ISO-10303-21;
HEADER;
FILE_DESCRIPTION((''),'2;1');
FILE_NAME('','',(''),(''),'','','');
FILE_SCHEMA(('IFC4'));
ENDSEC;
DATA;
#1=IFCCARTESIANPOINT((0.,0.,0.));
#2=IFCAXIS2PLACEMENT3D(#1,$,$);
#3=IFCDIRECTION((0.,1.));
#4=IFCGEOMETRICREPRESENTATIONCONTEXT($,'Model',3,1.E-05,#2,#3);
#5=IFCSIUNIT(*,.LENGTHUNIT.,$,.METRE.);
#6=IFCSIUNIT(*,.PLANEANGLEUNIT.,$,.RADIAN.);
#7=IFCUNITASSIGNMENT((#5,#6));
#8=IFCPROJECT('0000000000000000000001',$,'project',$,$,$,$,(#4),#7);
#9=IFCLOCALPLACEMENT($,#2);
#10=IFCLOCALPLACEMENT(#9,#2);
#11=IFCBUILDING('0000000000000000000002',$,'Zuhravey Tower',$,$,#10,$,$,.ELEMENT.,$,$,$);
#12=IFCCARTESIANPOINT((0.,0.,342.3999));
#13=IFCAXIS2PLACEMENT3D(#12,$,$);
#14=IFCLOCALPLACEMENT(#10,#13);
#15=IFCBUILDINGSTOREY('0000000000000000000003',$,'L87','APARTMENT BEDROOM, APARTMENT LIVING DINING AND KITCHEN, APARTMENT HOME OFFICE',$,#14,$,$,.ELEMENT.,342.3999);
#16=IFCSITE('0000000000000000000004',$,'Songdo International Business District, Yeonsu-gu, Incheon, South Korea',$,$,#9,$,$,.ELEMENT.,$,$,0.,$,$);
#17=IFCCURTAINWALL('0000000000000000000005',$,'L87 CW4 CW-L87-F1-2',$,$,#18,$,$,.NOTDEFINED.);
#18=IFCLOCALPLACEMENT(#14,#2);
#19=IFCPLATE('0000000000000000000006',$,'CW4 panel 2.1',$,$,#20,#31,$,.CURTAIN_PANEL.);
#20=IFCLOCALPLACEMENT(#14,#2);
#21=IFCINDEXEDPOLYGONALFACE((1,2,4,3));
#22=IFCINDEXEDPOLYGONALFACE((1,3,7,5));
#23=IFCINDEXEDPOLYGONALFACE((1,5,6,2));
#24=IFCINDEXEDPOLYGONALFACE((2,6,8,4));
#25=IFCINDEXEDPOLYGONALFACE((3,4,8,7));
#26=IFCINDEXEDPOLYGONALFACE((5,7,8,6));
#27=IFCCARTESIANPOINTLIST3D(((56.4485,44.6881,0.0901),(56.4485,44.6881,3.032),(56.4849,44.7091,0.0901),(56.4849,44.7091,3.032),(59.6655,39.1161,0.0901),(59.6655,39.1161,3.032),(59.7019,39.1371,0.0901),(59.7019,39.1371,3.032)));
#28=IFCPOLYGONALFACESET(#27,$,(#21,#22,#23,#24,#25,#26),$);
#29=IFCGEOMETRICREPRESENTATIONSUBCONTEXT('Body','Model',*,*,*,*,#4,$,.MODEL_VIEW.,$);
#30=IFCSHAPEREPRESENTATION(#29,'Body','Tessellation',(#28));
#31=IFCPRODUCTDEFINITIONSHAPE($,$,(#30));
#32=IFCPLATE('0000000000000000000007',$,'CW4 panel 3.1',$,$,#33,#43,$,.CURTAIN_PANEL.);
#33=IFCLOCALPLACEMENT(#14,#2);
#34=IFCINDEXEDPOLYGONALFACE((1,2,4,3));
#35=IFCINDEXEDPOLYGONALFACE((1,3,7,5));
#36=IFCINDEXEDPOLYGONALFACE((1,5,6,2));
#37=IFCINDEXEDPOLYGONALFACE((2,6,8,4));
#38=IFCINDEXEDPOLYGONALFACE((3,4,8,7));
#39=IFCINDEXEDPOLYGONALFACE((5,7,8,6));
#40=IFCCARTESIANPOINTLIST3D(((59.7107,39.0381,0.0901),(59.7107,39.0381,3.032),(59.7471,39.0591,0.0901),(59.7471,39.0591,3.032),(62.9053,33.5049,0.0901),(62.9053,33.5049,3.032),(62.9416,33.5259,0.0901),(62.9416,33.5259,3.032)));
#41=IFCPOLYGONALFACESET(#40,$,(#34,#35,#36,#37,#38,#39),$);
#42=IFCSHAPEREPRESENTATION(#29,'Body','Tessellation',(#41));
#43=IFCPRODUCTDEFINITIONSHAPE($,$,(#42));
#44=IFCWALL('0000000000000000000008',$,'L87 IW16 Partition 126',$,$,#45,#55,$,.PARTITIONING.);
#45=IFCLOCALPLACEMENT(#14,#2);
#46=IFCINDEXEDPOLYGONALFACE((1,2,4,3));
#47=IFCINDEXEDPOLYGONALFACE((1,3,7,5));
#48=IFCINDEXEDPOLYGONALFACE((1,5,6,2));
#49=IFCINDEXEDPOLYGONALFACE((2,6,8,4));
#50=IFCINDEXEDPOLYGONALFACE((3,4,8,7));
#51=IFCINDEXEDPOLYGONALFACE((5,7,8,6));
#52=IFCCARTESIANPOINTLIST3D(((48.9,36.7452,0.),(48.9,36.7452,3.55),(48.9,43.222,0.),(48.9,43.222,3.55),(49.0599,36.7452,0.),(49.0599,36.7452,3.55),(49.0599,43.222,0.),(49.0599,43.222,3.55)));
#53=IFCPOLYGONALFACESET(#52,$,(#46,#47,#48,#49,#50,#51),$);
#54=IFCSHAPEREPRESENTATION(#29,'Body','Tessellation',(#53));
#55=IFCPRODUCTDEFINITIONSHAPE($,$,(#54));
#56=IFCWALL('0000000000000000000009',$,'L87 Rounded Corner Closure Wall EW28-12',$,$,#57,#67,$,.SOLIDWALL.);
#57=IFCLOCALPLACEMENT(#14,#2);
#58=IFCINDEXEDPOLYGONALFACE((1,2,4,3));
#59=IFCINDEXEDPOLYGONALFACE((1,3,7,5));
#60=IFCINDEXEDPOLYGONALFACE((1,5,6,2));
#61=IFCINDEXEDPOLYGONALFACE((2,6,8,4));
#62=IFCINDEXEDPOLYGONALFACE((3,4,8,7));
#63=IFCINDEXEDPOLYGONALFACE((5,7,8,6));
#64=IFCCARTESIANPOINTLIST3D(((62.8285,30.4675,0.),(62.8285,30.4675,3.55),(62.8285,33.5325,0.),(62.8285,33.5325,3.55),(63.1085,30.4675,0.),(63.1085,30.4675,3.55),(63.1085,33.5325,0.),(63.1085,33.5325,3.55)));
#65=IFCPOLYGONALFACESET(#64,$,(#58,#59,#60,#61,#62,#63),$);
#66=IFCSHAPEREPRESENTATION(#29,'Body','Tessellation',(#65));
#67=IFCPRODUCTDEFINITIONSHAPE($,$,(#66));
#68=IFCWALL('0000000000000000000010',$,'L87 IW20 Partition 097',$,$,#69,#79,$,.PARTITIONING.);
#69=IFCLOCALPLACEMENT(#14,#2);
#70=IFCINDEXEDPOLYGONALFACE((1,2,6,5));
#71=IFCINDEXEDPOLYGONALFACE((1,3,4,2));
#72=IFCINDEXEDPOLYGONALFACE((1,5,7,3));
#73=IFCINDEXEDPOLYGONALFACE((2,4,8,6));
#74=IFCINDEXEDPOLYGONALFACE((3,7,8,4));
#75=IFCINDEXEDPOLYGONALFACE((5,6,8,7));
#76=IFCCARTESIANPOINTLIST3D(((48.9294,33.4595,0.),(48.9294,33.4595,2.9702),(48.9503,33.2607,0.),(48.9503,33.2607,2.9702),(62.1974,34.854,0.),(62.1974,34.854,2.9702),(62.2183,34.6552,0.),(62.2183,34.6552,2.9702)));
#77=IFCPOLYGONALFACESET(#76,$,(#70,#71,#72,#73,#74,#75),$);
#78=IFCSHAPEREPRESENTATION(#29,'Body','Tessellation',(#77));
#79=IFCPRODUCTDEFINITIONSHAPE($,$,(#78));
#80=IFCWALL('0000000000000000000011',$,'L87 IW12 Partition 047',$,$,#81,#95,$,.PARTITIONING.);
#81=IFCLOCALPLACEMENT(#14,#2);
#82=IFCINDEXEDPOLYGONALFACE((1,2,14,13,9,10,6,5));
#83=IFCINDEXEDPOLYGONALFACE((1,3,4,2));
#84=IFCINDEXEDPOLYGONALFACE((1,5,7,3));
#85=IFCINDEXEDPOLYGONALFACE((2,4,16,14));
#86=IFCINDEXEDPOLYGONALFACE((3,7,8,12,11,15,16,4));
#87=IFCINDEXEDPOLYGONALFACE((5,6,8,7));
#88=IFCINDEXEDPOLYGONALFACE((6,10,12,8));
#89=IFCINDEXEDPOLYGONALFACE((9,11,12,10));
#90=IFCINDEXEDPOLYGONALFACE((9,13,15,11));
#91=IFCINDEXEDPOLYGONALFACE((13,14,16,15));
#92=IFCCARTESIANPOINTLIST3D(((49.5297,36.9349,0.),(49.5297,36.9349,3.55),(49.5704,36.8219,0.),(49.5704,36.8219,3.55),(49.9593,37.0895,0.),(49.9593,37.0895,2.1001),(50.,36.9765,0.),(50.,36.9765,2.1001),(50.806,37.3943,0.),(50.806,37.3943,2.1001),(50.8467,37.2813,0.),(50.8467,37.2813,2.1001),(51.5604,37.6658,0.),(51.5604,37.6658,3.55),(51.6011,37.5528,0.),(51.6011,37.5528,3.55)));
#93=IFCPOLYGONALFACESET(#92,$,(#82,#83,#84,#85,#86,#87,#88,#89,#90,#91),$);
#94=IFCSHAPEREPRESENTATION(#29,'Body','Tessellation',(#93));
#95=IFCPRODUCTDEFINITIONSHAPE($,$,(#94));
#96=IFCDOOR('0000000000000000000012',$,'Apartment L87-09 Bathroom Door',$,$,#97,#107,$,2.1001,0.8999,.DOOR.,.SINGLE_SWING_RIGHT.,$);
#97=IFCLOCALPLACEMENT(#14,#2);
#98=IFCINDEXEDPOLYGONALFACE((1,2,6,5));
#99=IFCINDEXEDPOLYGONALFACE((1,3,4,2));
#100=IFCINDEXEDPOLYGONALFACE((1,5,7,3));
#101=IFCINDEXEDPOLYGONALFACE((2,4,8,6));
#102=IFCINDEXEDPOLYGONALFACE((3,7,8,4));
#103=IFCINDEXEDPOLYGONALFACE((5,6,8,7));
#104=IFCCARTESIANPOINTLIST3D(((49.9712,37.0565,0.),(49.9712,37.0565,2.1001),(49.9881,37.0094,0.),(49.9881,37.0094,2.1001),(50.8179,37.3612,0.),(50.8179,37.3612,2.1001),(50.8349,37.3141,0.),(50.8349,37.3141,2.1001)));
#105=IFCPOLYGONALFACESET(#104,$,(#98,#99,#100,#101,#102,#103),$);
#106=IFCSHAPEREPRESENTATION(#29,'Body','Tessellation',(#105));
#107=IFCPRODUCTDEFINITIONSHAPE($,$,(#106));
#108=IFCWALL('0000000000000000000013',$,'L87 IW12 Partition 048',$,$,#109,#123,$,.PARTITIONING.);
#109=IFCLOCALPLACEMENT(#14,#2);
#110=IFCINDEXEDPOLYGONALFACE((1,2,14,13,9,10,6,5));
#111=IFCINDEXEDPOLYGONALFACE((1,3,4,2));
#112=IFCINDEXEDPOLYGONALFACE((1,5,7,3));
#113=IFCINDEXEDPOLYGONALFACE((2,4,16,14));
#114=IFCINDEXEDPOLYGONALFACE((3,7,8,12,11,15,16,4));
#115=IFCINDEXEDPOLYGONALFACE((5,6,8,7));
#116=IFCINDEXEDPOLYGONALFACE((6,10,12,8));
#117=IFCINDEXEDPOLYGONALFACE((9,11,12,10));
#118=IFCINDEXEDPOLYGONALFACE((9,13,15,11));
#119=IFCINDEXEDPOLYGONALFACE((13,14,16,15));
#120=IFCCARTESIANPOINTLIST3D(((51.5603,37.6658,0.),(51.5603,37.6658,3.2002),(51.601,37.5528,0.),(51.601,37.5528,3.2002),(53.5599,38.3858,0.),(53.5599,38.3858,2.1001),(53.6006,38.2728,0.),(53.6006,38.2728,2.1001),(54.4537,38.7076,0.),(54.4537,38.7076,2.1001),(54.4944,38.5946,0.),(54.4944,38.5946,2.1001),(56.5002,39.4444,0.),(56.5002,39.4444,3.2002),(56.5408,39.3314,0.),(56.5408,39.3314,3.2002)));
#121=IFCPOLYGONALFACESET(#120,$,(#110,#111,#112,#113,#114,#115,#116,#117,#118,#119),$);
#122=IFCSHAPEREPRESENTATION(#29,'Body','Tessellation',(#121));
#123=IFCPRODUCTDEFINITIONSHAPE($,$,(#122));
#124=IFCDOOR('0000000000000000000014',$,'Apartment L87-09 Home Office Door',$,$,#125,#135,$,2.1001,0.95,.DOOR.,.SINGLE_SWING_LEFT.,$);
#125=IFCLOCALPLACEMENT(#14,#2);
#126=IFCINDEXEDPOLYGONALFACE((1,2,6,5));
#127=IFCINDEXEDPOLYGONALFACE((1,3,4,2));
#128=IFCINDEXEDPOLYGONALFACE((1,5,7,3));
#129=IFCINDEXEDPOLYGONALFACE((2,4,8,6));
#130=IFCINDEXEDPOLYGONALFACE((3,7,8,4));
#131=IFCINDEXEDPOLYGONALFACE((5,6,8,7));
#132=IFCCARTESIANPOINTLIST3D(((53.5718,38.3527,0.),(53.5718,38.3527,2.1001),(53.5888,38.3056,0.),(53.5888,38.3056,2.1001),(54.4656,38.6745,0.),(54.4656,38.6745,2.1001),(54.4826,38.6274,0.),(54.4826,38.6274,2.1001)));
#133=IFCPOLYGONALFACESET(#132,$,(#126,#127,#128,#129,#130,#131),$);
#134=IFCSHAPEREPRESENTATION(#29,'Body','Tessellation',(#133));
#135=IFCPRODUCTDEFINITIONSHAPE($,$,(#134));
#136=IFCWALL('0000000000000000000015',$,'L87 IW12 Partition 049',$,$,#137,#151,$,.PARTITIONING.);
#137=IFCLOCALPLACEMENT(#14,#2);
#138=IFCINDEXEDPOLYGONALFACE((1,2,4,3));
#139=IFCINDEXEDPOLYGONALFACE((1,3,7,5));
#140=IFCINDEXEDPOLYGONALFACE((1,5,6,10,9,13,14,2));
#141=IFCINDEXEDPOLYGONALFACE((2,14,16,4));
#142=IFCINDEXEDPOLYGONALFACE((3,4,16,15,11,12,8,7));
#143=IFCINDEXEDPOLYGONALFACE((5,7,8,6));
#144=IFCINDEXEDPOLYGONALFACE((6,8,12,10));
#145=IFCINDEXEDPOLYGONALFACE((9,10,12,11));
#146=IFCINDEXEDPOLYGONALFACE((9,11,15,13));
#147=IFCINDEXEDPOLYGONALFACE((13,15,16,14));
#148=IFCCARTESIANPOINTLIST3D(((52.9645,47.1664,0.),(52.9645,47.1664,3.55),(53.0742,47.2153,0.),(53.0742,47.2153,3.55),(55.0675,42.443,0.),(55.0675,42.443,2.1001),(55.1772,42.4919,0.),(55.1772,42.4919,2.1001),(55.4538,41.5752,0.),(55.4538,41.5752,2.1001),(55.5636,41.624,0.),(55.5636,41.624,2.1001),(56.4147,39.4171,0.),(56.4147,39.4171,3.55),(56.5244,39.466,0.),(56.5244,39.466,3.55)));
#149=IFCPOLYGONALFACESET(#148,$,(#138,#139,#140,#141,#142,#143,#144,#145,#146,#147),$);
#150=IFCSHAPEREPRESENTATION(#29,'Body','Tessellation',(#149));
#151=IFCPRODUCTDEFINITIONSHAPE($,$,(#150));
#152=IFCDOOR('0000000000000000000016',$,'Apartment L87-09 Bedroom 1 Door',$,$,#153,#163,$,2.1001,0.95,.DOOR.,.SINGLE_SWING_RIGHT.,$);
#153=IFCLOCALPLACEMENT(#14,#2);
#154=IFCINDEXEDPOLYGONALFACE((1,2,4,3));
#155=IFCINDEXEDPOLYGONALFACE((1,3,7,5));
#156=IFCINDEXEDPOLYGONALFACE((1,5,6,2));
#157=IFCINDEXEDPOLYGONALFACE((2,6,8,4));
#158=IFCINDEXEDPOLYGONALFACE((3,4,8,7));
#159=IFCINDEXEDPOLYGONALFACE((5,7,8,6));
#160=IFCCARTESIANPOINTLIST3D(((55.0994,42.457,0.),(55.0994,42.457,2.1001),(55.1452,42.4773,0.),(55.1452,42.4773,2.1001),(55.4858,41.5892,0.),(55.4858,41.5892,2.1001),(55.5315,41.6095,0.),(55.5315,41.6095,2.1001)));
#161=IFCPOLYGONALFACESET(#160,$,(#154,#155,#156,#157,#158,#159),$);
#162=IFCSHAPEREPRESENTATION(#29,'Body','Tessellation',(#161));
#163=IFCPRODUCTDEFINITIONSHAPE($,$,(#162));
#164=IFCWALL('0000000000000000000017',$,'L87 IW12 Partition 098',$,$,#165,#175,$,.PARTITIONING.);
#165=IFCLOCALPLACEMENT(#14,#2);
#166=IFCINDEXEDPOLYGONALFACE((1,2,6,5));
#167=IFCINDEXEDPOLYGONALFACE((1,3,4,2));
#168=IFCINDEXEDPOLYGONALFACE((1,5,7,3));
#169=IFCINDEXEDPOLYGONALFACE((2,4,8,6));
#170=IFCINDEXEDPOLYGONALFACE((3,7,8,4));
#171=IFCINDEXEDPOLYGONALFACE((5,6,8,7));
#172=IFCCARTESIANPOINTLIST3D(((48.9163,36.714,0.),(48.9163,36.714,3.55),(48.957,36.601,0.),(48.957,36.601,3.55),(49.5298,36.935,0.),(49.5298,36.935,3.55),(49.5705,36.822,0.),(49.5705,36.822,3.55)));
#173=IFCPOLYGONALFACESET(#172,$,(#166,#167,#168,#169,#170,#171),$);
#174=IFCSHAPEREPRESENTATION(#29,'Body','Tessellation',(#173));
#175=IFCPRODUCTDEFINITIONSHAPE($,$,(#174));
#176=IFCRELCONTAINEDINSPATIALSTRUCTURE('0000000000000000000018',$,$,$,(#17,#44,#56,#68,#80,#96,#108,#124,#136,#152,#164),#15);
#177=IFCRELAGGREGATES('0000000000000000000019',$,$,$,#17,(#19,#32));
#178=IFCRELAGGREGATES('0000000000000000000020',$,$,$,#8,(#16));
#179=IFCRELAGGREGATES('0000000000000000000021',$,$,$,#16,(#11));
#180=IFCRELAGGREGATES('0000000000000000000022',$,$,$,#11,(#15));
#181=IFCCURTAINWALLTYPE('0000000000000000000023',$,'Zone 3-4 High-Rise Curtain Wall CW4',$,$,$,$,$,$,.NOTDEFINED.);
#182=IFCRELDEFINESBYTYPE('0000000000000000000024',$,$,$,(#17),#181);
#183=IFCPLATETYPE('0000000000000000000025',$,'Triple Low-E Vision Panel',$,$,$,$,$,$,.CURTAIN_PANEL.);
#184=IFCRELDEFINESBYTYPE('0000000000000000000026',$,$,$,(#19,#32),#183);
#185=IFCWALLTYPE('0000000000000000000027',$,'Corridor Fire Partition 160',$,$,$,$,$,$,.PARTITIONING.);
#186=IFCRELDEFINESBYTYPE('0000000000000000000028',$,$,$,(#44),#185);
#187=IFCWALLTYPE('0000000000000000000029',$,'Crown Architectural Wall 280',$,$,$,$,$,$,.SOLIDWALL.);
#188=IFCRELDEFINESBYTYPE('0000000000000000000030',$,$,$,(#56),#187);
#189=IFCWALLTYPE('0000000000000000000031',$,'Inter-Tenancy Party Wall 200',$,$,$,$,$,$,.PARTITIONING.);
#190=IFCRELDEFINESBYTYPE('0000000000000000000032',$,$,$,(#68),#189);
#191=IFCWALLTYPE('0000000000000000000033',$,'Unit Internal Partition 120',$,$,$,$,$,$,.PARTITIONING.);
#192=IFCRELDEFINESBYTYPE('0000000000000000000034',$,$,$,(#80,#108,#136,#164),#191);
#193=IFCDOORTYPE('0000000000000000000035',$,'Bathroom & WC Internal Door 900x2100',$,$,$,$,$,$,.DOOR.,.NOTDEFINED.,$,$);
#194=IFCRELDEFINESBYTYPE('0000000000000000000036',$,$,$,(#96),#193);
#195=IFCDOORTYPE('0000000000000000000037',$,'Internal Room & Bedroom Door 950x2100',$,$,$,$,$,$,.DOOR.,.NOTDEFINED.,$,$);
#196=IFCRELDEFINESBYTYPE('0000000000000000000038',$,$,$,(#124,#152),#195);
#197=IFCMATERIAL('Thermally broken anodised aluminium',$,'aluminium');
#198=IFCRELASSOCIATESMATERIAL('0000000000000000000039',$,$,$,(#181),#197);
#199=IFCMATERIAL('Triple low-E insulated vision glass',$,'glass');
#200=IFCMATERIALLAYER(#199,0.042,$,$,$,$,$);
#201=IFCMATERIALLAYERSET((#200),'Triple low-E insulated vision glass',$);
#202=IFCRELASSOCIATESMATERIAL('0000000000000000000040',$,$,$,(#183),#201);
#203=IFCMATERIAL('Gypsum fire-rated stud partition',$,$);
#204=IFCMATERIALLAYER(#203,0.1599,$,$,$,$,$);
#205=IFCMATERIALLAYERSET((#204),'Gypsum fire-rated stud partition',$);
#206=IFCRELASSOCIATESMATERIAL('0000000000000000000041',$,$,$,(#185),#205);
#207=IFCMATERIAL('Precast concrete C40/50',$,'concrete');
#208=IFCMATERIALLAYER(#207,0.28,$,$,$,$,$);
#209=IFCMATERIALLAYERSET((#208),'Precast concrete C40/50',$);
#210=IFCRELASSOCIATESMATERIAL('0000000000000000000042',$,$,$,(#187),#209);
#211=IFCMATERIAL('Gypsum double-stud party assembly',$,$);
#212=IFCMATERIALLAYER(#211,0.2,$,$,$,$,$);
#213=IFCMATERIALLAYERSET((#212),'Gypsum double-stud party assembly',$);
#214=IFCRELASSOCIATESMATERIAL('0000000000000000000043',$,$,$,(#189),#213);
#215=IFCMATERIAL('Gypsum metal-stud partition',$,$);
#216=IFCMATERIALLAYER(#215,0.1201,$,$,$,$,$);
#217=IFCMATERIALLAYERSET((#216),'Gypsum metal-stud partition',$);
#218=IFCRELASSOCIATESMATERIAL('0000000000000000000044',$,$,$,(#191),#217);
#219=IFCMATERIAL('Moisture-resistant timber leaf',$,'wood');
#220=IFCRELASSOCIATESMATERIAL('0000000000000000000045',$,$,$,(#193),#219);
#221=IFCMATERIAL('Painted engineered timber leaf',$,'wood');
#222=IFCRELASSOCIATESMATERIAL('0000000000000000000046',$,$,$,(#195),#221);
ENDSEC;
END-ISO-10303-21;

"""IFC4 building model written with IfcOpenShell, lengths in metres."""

from ifc_helpers import new_model, si_unit, direction, frame, frame_2d, origin, origin_2d, place, context, subcontext, project, spatial, rectangle, extrude, material, layer, layer_set, type_object, element, fill, aggregate, save


model = new_model("IFC4")

# Units and contexts
model_context = context("Model", 3, precision=1e-05, world=origin(), true_north=direction((0.0, 1.0)))
body_context = subcontext(model_context, "Body", "Model", "MODEL_VIEW")
ifc_project = project(units=[si_unit("LENGTHUNIT", "METRE"), si_unit("PLANEANGLEUNIT", "RADIAN")], contexts=[model_context])

# Site, building, storey
site_placement = place(None, origin())
site = spatial("IfcSite", under=ifc_project, at=site_placement, Name="Songdo International Business District, Yeonsu-gu, Incheon, South Korea", CompositionType="ELEMENT", RefElevation=0.0)
building_placement = place(site_placement, origin())
building = spatial("IfcBuilding", under=site, at=building_placement, Name="Zuhravey Tower", CompositionType="ELEMENT")
storey_placement = place(building_placement, frame((0.0, 0.0, 342.3999)))
storey = spatial("IfcBuildingStorey", under=building, at=storey_placement, Name="L87", Description="APARTMENT BEDROOM, APARTMENT LIVING DINING AND KITCHEN, APARTMENT HOME OFFICE", CompositionType="ELEMENT", Elevation=342.3999)

# Curtain wall
ifc_material_1 = material(Name="Thermally broken anodised aluminium", Category="aluminium")
curtain_wall_type = type_object("IfcCurtainWallType", Name="Zone 3-4 High-Rise Curtain Wall CW4", PredefinedType="NOTDEFINED", material=ifc_material_1)
curtain_wall_placement = place(storey_placement, origin())
curtain_wall = element("IfcCurtainWall", 1, at=curtain_wall_placement, inside=storey, type_object=curtain_wall_type, Name="L87 CW4 CW-L87-F1-2", PredefinedType="NOTDEFINED")

# Plates
ifc_material_2 = material(Name="Triple low-E insulated vision glass", Category="glass")
ifc_layer_1 = layer(ifc_material_2, 0.042)
ifc_layer_set_1 = layer_set([ifc_layer_1], Name="Triple low-E insulated vision glass")
plate_type = type_object("IfcPlateType", Name="Triple Low-E Vision Panel", PredefinedType="CURTAIN_PANEL", material=ifc_layer_set_1)
plate_1_placement = place(storey_placement, frame((58.0752, 41.9126, 0.0901), z_axis=(0.0, 0.0, 1.0), x_axis=(0.500002, -0.866025, 0.0)))
plate_1 = element("IfcPlate", 2, at=plate_1_placement, type_object=plate_type, Name="CW4 panel 2.1", PredefinedType="CURTAIN_PANEL", context=body_context, shape_type="SweptSolid", body=[
    extrude(rectangle(XDim=6.4341, YDim=0.042, at=origin_2d()), origin(), (0.0, 0.0, 1.0), 2.9419),
])
plate_2_placement = place(storey_placement, frame((61.3262, 36.282, 0.0901), z_axis=(0.0, 0.0, 1.0), x_axis=(0.500002, -0.866025, 0.0)))
plate_2 = element("IfcPlate", 3, at=plate_2_placement, type_object=plate_type, Name="CW4 panel 3.1", PredefinedType="CURTAIN_PANEL", context=body_context, shape_type="SweptSolid", body=[
    extrude(rectangle(XDim=6.3892, YDim=0.042, at=origin_2d()), origin(), (0.0, 0.0, 1.0), 2.9419),
])
aggregate(curtain_wall, [plate_1, plate_2])

# Shared definitions
ifc_material_3 = material(Name="Gypsum fire-rated stud partition")
ifc_layer_2 = layer(ifc_material_3, 0.1599)
ifc_layer_set_2 = layer_set([ifc_layer_2], Name="Gypsum fire-rated stud partition")
wall_type_1 = type_object("IfcWallType", Name="Corridor Fire Partition 160", PredefinedType="PARTITIONING", material=ifc_layer_set_2)

# Walls
wall_1_placement = place(storey_placement, frame((48.98, 36.7454, 0.0), z_axis=(0.0, 0.0, 1.0), x_axis=(0.0, 1.0, 0.0)))
element("IfcWall", 4, at=wall_1_placement, inside=storey, type_object=wall_type_1, Name="L87 IW16 Partition 126", PredefinedType="PARTITIONING", context=body_context, shape_type="SweptSolid", body=[
    extrude(rectangle(XDim=6.4768, YDim=0.1599, at=frame_2d((3.2383, 0.0))), origin(), (0.0, 0.0, 1.0), 3.55),
])
ifc_material_4 = material(Name="Precast concrete C40/50", Category="concrete")
ifc_layer_3 = layer(ifc_material_4, 0.28)
ifc_layer_set_3 = layer_set([ifc_layer_3], Name="Precast concrete C40/50")
wall_type_2 = type_object("IfcWallType", Name="Crown Architectural Wall 280", PredefinedType="SOLIDWALL", material=ifc_layer_set_3)
wall_2_placement = place(storey_placement, frame((62.9685, 33.5325, 0.0), z_axis=(0.0, 0.0, 1.0), x_axis=(0.0, -1.0, 0.0)))
element("IfcWall", 5, at=wall_2_placement, inside=storey, type_object=wall_type_2, Name="L87 Rounded Corner Closure Wall EW28-12", PredefinedType="SOLIDWALL", context=body_context, shape_type="SweptSolid", body=[
    extrude(rectangle(XDim=3.0649, YDim=0.28, at=frame_2d((1.5325, 0.0))), origin(), (0.0, 0.0, 1.0), 3.55),
])
ifc_material_5 = material(Name="Gypsum double-stud party assembly")
ifc_layer_4 = layer(ifc_material_5, 0.2)
ifc_layer_set_4 = layer_set([ifc_layer_4], Name="Gypsum double-stud party assembly")
wall_type_3 = type_object("IfcWallType", Name="Inter-Tenancy Party Wall 200", PredefinedType="PARTITIONING", material=ifc_layer_set_4)
wall_3_placement = place(storey_placement, frame((48.9399, 33.3601, 0.0), z_axis=(0.0, 0.0, 1.0), x_axis=(0.994522, 0.104529, 0.0)))
element("IfcWall", 6, at=wall_3_placement, inside=storey, type_object=wall_type_3, Name="L87 IW20 Partition 097", PredefinedType="PARTITIONING", context=body_context, shape_type="SweptSolid", body=[
    extrude(rectangle(XDim=13.3411, YDim=0.2, at=frame_2d((6.6704, 0.0))), origin(), (0.0, 0.0, 1.0), 2.9702),
])

# Walls, openings, doors
ifc_material_6 = material(Name="Gypsum metal-stud partition")
ifc_layer_5 = layer(ifc_material_6, 0.1201)
ifc_layer_set_5 = layer_set([ifc_layer_5], Name="Gypsum metal-stud partition")
wall_type_4 = type_object("IfcWallType", Name="Unit Internal Partition 120", PredefinedType="PARTITIONING", material=ifc_layer_set_5)
wall_4_placement = place(storey_placement, frame((49.55, 36.8784, 0.0), z_axis=(0.0, 0.0, 1.0), x_axis=(0.940905, 0.338671, 0.0)))
wall_4 = element("IfcWall", 7, at=wall_4_placement, inside=storey, type_object=wall_type_4, Name="L87 IW12 Partition 047", PredefinedType="PARTITIONING", context=body_context, shape_type="SweptSolid", body=[
    extrude(rectangle(XDim=2.1582, YDim=0.1201, at=frame_2d((1.0791, 0.0))), origin(), (0.0, 0.0, 1.0), 3.55),
])
opening_1_placement = place(wall_4_placement, frame((0.4565, 0.0, 0.0)))
opening_1 = element("IfcOpeningElement", 8, at=opening_1_placement, cuts=wall_4, PredefinedType="OPENING", context=body_context, shape_type="SweptSolid", body=[
    extrude(rectangle(XDim=0.8999, YDim=2.1001, at=frame_2d((0.45, 1.05))), frame((0.0, 0.072, 0.0), z_axis=(0.0, -1.0, 0.0), x_axis=(1.0, 0.0, 0.0)), (0.0, 0.0, 1.0), 0.144),
])
ifc_material_7 = material(Name="Moisture-resistant timber leaf", Category="wood")
door_type_1 = type_object("IfcDoorType", Name="Bathroom & WC Internal Door 900x2100", OperationType="NOTDEFINED", PredefinedType="DOOR", material=ifc_material_7)
door_1_placement = place(opening_1_placement, origin())
door_1 = element("IfcDoor", 9, at=door_1_placement, inside=storey, type_object=door_type_1, Name="Apartment L87-09 Bathroom Door", OperationType="SINGLE_SWING_RIGHT", OverallHeight=2.1001, OverallWidth=0.8999, PredefinedType="DOOR", context=body_context, shape_type="SweptSolid", body=[
    extrude(rectangle(XDim=0.8999, YDim=2.1001, at=frame_2d((0.45, 1.05))), frame((0.0, 0.0249, 0.0), z_axis=(0.0, -1.0, 0.0), x_axis=(1.0, 0.0, 0.0)), (0.0, 0.0, 1.0), 0.05),
])
fill(opening_1, door_1)
wall_5_placement = place(storey_placement, frame((51.5808, 37.6094, 0.0), z_axis=(0.0, 0.0, 1.0), x_axis=(0.940871, 0.338766, 0.0)))
wall_5 = element("IfcWall", 10, at=wall_5_placement, inside=storey, type_object=wall_type_4, Name="L87 IW12 Partition 048", PredefinedType="PARTITIONING", context=body_context, shape_type="SweptSolid", body=[
    extrude(rectangle(XDim=5.2502, YDim=0.1201, at=frame_2d((2.625, 0.0))), origin(), (0.0, 0.0, 1.0), 3.2002),
])
opening_2_placement = place(wall_5_placement, frame((2.125, 0.0, 0.0)))
opening_2 = element("IfcOpeningElement", 11, at=opening_2_placement, cuts=wall_5, PredefinedType="OPENING", context=body_context, shape_type="SweptSolid", body=[
    extrude(rectangle(XDim=0.95, YDim=2.1001, at=frame_2d((0.4751, 1.05))), frame((0.0, 0.072, 0.0), z_axis=(0.0, -1.0, 0.0), x_axis=(1.0, 0.0, 0.0)), (0.0, 0.0, 1.0), 0.144),
])
ifc_material_8 = material(Name="Painted engineered timber leaf", Category="wood")
door_type_2 = type_object("IfcDoorType", Name="Internal Room & Bedroom Door 950x2100", OperationType="NOTDEFINED", PredefinedType="DOOR", material=ifc_material_8)
door_2_placement = place(opening_2_placement, origin())
door_2 = element("IfcDoor", 12, at=door_2_placement, inside=storey, type_object=door_type_2, Name="Apartment L87-09 Home Office Door", OperationType="SINGLE_SWING_LEFT", OverallHeight=2.1001, OverallWidth=0.95, PredefinedType="DOOR", context=body_context, shape_type="SweptSolid", body=[
    extrude(rectangle(XDim=0.95, YDim=2.1001, at=frame_2d((0.4751, 1.05))), frame((0.0, 0.0249, 0.0), z_axis=(0.0, -1.0, 0.0), x_axis=(1.0, 0.0, 0.0)), (0.0, 0.0, 1.0), 0.05),
])
fill(opening_2, door_2)
wall_6_placement = place(storey_placement, frame((56.4695, 39.4417, 0.0), z_axis=(0.0, 0.0, 1.0), x_axis=(-0.406737, 0.913545, 0.0)))
wall_6 = element("IfcWall", 13, at=wall_6_placement, inside=storey, type_object=wall_type_4, Name="L87 IW12 Partition 049", PredefinedType="PARTITIONING", context=body_context, shape_type="SweptSolid", body=[
    extrude(rectangle(XDim=8.4827, YDim=0.1201, at=frame_2d((4.2412, 0.0))), origin(), (0.0, 0.0, 1.0), 3.55),
])
opening_3_placement = place(wall_6_placement, frame((2.3621, 0.0, 0.0)))
opening_3 = element("IfcOpeningElement", 14, at=opening_3_placement, cuts=wall_6, PredefinedType="OPENING", context=body_context, shape_type="SweptSolid", body=[
    extrude(rectangle(XDim=0.95, YDim=2.1001, at=frame_2d((0.4751, 1.05))), frame((0.0, 0.072, 0.0), z_axis=(0.0, -1.0, 0.0), x_axis=(1.0, 0.0, 0.0)), (0.0, 0.0, 1.0), 0.144),
])
door_3_placement = place(opening_3_placement, frame((0.95, 0.0, 0.0), z_axis=(0.0, 0.0, 1.0), x_axis=(-1.0, 0.0, 0.0)))
door_3 = element("IfcDoor", 15, at=door_3_placement, inside=storey, type_object=door_type_2, Name="Apartment L87-09 Bedroom 1 Door", OperationType="SINGLE_SWING_RIGHT", OverallHeight=2.1001, OverallWidth=0.95, PredefinedType="DOOR", context=body_context, shape_type="SweptSolid", body=[
    extrude(rectangle(XDim=0.95, YDim=2.1001, at=frame_2d((0.4751, 1.05))), frame((0.0, 0.0249, 0.0), z_axis=(0.0, -1.0, 0.0), x_axis=(1.0, 0.0, 0.0)), (0.0, 0.0, 1.0), 0.05),
])
fill(opening_3, door_3)

# Wall
wall_7_placement = place(storey_placement, frame((48.9365, 36.6575, 0.0), z_axis=(0.0, 0.0, 1.0), x_axis=(0.940849, 0.338826, 0.0)))
element("IfcWall", 16, at=wall_7_placement, inside=storey, type_object=wall_type_4, Name="L87 IW12 Partition 098", PredefinedType="PARTITIONING", context=body_context, shape_type="SweptSolid", body=[
    extrude(rectangle(XDim=0.6521, YDim=0.1201, at=frame_2d((0.3262, 0.0))), origin(), (0.0, 0.0, 1.0), 3.55),
])

save(model, "model.ifc")
